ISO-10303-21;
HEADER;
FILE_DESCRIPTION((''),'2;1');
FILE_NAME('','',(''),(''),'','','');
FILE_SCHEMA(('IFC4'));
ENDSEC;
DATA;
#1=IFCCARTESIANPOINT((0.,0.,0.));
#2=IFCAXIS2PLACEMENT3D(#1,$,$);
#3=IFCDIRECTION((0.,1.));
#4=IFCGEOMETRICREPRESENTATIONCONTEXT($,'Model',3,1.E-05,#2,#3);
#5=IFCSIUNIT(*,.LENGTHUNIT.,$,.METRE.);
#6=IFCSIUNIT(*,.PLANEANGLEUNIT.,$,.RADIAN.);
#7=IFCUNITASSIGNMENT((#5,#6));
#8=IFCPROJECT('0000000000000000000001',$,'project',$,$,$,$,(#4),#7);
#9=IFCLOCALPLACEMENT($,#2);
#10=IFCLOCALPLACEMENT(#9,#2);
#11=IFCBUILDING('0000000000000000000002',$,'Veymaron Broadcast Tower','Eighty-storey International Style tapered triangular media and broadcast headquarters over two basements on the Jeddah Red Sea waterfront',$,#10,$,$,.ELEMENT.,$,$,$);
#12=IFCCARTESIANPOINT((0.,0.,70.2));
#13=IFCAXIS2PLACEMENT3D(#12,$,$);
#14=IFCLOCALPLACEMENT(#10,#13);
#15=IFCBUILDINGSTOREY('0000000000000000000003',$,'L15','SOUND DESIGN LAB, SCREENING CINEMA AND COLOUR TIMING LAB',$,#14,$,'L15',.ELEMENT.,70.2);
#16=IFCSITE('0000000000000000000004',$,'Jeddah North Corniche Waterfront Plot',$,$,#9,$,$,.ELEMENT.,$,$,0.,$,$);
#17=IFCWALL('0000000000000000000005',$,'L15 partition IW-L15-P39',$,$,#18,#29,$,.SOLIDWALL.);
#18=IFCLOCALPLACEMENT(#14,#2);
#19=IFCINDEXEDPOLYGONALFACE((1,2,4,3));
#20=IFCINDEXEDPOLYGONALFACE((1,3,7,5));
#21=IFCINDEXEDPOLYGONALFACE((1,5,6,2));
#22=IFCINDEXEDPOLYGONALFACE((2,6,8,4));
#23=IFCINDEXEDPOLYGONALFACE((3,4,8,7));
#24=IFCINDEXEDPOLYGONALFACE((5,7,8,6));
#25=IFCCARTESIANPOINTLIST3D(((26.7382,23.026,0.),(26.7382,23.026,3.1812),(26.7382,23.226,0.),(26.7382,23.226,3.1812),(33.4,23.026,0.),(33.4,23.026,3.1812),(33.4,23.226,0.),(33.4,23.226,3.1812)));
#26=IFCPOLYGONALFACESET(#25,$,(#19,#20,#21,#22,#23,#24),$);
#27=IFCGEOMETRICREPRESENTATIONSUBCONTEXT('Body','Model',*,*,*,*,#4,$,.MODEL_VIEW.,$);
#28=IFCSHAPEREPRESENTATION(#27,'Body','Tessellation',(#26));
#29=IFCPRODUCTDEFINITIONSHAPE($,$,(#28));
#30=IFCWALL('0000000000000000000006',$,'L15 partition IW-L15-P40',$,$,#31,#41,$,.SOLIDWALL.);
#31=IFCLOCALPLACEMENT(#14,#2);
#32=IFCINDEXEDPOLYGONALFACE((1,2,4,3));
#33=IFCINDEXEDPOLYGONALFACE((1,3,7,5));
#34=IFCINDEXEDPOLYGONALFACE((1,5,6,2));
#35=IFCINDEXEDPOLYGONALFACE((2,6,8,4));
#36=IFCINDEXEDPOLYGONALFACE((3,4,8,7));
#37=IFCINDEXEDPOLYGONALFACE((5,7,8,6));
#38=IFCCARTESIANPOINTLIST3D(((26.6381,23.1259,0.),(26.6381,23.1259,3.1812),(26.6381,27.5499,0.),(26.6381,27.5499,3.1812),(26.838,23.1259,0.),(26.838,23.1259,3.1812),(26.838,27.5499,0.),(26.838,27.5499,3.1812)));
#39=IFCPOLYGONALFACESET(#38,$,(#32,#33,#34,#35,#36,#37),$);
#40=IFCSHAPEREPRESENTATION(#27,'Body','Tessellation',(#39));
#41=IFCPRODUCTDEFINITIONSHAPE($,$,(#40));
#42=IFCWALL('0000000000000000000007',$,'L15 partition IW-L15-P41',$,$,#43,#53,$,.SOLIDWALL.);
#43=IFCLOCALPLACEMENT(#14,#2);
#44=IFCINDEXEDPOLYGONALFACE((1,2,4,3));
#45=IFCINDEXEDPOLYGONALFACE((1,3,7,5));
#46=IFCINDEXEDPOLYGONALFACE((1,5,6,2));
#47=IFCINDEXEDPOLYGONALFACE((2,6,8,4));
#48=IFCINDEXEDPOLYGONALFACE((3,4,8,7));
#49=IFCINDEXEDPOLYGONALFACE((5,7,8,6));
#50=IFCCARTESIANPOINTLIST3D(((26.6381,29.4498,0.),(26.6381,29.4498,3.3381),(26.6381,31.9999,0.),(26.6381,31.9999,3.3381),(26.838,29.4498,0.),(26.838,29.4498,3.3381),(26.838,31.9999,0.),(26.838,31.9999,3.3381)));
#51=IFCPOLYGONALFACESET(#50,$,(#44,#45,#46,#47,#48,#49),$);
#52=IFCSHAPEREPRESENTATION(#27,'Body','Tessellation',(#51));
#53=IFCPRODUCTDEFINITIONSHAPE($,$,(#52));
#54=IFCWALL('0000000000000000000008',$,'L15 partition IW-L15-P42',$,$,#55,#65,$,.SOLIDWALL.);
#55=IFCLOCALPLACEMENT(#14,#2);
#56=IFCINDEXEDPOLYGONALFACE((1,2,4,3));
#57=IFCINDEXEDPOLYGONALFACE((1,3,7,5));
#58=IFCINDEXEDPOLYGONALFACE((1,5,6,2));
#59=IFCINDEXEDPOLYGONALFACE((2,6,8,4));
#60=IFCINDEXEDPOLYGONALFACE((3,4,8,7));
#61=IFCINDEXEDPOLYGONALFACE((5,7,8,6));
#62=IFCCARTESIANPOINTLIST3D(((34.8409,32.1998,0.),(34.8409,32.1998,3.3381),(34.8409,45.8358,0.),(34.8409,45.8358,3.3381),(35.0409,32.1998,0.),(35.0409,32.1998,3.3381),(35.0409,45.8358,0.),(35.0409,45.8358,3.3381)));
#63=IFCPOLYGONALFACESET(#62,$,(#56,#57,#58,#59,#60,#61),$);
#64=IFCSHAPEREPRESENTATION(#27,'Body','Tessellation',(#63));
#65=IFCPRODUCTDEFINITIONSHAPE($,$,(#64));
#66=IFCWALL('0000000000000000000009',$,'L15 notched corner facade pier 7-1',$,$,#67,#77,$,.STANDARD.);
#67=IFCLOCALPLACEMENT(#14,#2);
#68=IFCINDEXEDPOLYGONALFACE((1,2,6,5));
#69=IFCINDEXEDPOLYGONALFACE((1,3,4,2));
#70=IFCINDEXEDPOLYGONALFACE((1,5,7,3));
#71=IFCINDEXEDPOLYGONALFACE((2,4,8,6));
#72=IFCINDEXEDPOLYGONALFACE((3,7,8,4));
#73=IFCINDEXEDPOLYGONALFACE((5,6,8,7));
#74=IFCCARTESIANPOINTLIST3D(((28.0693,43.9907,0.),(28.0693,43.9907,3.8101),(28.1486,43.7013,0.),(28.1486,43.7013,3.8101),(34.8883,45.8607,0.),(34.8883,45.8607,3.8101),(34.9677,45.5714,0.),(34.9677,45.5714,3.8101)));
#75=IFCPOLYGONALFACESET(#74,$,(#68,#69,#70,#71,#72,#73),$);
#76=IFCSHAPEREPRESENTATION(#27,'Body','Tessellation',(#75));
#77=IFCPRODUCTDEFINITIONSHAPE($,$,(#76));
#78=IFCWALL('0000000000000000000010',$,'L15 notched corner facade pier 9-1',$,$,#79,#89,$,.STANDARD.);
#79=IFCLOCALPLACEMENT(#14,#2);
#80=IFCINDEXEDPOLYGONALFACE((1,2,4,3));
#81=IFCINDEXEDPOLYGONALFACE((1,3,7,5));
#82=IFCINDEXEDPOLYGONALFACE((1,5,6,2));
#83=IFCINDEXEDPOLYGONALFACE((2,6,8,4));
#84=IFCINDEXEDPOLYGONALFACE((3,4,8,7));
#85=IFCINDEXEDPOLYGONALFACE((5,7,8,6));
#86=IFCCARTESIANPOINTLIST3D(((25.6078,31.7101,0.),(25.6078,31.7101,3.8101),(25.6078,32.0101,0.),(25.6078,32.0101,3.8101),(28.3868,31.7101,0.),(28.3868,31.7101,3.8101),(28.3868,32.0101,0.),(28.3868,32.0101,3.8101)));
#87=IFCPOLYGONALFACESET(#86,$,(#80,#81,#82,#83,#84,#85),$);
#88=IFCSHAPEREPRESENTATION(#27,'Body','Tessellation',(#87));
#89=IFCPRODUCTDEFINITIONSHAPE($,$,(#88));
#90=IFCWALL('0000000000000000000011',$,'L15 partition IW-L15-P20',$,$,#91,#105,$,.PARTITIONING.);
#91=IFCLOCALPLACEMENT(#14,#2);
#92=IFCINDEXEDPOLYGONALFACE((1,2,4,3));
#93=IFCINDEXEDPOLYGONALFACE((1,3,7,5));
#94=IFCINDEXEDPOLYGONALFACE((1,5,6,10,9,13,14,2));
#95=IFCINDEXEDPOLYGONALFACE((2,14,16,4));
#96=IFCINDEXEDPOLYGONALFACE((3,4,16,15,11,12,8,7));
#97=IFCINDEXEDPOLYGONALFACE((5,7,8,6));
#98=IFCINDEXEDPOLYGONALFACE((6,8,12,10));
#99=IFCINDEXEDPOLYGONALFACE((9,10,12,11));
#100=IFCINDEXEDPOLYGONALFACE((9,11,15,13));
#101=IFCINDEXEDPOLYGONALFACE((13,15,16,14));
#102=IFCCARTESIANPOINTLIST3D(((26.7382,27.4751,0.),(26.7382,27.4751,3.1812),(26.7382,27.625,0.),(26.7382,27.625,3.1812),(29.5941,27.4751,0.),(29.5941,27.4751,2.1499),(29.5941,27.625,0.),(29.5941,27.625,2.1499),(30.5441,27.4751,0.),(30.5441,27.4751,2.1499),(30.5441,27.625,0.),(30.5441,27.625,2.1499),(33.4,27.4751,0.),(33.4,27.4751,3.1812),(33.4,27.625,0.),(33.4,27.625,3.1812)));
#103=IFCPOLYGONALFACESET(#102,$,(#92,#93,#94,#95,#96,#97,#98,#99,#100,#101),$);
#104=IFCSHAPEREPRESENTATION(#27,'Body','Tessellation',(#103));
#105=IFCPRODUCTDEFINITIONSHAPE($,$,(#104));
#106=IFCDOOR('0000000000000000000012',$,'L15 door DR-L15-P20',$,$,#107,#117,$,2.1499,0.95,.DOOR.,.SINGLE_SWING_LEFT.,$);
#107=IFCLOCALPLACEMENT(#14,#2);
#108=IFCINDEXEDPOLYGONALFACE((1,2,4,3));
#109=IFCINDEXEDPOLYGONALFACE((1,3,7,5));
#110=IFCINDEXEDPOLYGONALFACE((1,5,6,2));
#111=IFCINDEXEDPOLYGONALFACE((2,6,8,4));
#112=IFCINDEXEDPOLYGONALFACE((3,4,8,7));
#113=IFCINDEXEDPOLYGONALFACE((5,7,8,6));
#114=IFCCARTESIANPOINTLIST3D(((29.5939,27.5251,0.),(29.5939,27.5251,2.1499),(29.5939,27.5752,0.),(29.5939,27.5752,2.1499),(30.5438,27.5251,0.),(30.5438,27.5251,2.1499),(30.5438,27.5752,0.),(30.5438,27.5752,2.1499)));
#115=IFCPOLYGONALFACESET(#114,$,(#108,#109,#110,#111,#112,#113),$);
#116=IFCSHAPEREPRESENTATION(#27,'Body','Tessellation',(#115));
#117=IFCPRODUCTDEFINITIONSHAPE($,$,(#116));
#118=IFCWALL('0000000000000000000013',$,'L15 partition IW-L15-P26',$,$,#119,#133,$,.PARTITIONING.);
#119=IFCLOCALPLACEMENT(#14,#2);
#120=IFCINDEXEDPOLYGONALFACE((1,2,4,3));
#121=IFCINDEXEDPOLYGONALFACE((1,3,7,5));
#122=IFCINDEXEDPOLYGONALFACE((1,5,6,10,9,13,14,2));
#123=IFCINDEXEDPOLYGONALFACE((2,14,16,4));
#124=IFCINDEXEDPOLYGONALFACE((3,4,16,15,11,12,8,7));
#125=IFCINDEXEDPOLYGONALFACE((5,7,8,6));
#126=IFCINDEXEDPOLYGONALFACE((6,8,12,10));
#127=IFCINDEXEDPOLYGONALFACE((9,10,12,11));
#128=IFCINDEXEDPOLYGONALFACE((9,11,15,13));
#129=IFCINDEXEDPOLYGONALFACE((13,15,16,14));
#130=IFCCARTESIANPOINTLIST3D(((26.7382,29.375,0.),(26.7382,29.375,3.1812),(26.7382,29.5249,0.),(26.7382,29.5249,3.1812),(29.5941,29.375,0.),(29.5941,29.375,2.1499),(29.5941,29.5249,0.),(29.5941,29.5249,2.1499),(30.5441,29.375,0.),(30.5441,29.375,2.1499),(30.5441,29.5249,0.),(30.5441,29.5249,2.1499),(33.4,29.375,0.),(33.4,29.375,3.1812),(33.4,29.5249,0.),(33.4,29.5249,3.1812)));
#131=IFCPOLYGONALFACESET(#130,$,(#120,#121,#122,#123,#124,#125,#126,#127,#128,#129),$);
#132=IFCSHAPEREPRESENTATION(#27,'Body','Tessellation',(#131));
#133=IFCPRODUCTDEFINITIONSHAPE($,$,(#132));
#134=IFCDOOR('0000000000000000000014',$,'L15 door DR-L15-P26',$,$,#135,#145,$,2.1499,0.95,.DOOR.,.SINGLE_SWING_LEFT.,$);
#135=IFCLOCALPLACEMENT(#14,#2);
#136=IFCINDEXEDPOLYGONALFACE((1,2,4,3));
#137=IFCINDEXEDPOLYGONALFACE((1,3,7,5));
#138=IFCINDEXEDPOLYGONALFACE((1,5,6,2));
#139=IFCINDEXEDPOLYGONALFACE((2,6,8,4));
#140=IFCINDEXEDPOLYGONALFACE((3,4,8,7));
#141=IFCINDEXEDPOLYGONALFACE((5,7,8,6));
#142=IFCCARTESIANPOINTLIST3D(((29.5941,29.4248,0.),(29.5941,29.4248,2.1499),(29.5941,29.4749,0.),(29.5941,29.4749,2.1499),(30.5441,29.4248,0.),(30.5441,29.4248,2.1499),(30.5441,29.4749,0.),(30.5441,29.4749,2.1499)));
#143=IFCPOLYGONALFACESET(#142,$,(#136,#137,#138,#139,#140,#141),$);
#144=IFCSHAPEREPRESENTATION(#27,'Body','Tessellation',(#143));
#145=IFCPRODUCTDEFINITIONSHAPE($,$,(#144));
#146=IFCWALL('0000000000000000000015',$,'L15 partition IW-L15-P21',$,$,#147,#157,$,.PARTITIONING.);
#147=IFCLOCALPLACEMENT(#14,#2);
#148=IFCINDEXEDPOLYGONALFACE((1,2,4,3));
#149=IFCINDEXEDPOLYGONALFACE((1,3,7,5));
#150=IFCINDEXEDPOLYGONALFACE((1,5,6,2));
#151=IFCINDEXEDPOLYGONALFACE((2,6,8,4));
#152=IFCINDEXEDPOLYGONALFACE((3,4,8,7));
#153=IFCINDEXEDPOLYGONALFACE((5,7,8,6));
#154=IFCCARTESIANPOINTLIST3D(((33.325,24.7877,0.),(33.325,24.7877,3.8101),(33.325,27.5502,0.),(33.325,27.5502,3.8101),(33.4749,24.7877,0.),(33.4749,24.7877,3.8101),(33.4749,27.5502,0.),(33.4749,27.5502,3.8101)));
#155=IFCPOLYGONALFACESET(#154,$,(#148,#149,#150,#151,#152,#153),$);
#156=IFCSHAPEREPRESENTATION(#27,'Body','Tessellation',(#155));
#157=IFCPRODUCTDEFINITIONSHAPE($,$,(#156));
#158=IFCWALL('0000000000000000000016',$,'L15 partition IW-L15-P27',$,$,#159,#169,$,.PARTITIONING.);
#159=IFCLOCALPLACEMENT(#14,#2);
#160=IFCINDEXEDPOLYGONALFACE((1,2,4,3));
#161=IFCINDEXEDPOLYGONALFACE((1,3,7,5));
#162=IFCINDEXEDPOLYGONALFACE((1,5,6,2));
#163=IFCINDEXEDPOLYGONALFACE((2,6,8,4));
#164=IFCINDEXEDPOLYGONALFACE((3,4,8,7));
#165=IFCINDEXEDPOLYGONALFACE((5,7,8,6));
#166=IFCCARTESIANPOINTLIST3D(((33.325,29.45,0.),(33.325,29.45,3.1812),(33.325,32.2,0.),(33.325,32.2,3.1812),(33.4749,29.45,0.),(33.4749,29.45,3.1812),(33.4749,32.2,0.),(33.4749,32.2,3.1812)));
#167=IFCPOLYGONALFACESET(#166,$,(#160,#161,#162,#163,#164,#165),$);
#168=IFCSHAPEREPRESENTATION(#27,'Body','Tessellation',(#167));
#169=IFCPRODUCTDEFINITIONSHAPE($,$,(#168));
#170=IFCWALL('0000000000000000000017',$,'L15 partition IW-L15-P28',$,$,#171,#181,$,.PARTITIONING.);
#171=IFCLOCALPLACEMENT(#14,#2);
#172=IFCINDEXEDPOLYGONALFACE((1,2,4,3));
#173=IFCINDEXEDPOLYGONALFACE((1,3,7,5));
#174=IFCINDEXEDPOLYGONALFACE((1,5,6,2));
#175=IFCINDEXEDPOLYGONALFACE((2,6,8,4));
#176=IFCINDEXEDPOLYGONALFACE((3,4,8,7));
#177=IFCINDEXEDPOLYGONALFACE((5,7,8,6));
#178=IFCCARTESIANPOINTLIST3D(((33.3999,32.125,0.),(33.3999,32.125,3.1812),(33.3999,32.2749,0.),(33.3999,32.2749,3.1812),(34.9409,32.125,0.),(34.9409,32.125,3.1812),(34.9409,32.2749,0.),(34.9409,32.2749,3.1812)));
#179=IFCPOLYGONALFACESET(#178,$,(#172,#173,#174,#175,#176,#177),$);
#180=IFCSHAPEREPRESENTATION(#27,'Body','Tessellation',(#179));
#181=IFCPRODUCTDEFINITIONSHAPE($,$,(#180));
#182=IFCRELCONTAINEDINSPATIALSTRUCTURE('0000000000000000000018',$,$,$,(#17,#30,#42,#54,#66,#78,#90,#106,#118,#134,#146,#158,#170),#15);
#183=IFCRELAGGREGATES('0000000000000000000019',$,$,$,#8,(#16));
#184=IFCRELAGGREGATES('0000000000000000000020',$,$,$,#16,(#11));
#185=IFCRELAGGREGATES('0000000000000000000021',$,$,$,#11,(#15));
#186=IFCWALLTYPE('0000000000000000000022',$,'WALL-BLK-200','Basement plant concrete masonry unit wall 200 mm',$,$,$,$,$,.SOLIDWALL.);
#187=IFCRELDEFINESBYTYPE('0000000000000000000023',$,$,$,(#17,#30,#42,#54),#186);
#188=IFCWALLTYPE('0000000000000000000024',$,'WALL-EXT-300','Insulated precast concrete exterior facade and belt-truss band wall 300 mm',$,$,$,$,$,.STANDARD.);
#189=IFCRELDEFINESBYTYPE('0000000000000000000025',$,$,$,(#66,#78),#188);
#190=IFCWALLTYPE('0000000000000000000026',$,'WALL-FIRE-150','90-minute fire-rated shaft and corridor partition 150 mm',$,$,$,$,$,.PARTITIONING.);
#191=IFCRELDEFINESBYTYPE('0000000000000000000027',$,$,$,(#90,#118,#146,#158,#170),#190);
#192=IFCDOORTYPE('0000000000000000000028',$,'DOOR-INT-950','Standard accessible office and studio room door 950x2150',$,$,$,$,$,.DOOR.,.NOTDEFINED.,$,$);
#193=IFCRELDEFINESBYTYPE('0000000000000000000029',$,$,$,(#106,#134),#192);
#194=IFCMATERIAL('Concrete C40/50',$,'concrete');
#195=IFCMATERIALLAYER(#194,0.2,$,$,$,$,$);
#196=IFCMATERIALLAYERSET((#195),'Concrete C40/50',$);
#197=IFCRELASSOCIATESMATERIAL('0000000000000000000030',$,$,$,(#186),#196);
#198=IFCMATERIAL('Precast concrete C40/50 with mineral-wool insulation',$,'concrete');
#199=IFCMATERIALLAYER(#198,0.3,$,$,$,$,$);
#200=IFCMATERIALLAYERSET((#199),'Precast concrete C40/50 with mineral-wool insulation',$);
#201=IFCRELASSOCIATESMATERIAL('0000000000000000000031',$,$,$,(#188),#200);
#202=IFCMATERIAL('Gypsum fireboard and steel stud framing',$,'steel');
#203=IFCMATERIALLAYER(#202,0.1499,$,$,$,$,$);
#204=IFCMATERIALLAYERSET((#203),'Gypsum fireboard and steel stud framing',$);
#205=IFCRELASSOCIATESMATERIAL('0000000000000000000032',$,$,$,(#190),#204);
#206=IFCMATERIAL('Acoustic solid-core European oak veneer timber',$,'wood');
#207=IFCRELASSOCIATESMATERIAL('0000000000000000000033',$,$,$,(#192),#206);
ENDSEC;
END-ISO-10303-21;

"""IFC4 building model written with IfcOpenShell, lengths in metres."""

from ifc_helpers import new_model, si_unit, direction, frame, frame_2d, origin, place, context, subcontext, project, spatial, rectangle, extrude, material, layer, layer_set, type_object, element, fill, save


model = new_model("IFC4")

# Units and contexts
model_context = context("Model", 3, precision=1e-05, world=origin(), true_north=direction((0.0, 1.0)))
body_context = subcontext(model_context, "Body", "Model", "MODEL_VIEW")
ifc_project = project(units=[si_unit("LENGTHUNIT", "METRE"), si_unit("PLANEANGLEUNIT", "RADIAN")], contexts=[model_context])

# Site, building, storey
site_placement = place(None, origin())
site = spatial("IfcSite", under=ifc_project, at=site_placement, Name="Jeddah North Corniche Waterfront Plot", CompositionType="ELEMENT", RefElevation=0.0)
building_placement = place(site_placement, origin())
building = spatial("IfcBuilding", under=site, at=building_placement, Name="Veymaron Broadcast Tower", Description="Eighty-storey International Style tapered triangular media and broadcast headquarters over two basements on the Jeddah Red Sea waterfront", CompositionType="ELEMENT")
storey_placement = place(building_placement, frame((0.0, 0.0, 70.2)))
storey = spatial("IfcBuildingStorey", under=building, at=storey_placement, Name="L15", Description="SOUND DESIGN LAB, SCREENING CINEMA AND COLOUR TIMING LAB", LongName="L15", CompositionType="ELEMENT", Elevation=70.2)

# Walls
ifc_material_1 = material(Name="Concrete C40/50", Category="concrete")
ifc_layer_1 = layer(ifc_material_1, 0.2)
ifc_layer_set_1 = layer_set([ifc_layer_1], Name="Concrete C40/50")
wall_type_1 = type_object("IfcWallType", Name="WALL-BLK-200", Description="Basement plant concrete masonry unit wall 200 mm", PredefinedType="SOLIDWALL", material=ifc_layer_set_1)
wall_1_placement = place(storey_placement, frame((26.738, 23.126, 0.0), z_axis=(0.0, 0.0, 1.0), x_axis=(1.0, 0.0, 0.0)))
element("IfcWall", 1, at=wall_1_placement, inside=storey, type_object=wall_type_1, Name="L15 partition IW-L15-P39", PredefinedType="SOLIDWALL", context=body_context, shape_type="SweptSolid", body=[
    extrude(rectangle(XDim=6.6619, YDim=0.2, at=frame_2d((3.3311, 0.0))), origin(), (0.0, 0.0, 1.0), 3.1812),
])
wall_2_placement = place(storey_placement, frame((26.738, 23.126, 0.0), z_axis=(0.0, 0.0, 1.0), x_axis=(0.0, 1.0, 0.0)))
element("IfcWall", 2, at=wall_2_placement, inside=storey, type_object=wall_type_1, Name="L15 partition IW-L15-P40", PredefinedType="SOLIDWALL", context=body_context, shape_type="SweptSolid", body=[
    extrude(rectangle(XDim=4.4241, YDim=0.2, at=frame_2d((2.2119, 0.0))), origin(), (0.0, 0.0, 1.0), 3.1812),
])
wall_3_placement = place(storey_placement, frame((26.738, 29.45, 0.0), z_axis=(0.0, 0.0, 1.0), x_axis=(0.0, 1.0, 0.0)))
element("IfcWall", 3, at=wall_3_placement, inside=storey, type_object=wall_type_1, Name="L15 partition IW-L15-P41", PredefinedType="SOLIDWALL", context=body_context, shape_type="SweptSolid", body=[
    extrude(rectangle(XDim=2.55, YDim=0.2, at=frame_2d((1.2749, 0.0))), origin(), (0.0, 0.0, 1.0), 3.3381),
])
wall_4_placement = place(storey_placement, frame((34.9409, 32.2, 0.0), z_axis=(0.0, 0.0, 1.0), x_axis=(0.0, 1.0, 0.0)))
element("IfcWall", 4, at=wall_4_placement, inside=storey, type_object=wall_type_1, Name="L15 partition IW-L15-P42", PredefinedType="SOLIDWALL", context=body_context, shape_type="SweptSolid", body=[
    extrude(rectangle(XDim=13.636, YDim=0.2, at=frame_2d((6.8179, 0.0))), origin(), (0.0, 0.0, 1.0), 3.3381),
])
ifc_material_2 = material(Name="Precast concrete C40/50 with mineral-wool insulation", Category="concrete")
ifc_layer_2 = layer(ifc_material_2, 0.3)
ifc_layer_set_2 = layer_set([ifc_layer_2], Name="Precast concrete C40/50 with mineral-wool insulation")
wall_type_2 = type_object("IfcWallType", Name="WALL-EXT-300", Description="Insulated precast concrete exterior facade and belt-truss band wall 300 mm", PredefinedType="STANDARD", material=ifc_layer_set_2)
wall_5_placement = place(storey_placement, frame((34.928, 45.7161, 0.0), z_axis=(0.0, 0.0, 1.0), x_axis=(-0.964391, -0.264482, 0.0)))
element("IfcWall", 5, at=wall_5_placement, inside=storey, type_object=wall_type_2, Name="L15 notched corner facade pier 7-1", PredefinedType="STANDARD", context=body_context, shape_type="SweptSolid", body=[
    extrude(rectangle(XDim=7.0708, YDim=0.3, at=frame_2d((3.5354, 0.0))), origin(), (0.0, 0.0, 1.0), 3.8101),
])
wall_6_placement = place(storey_placement, frame((28.387, 31.8601, 0.0), z_axis=(0.0, 0.0, 1.0), x_axis=(-1.0, 0.0, 0.0)))
element("IfcWall", 6, at=wall_6_placement, inside=storey, type_object=wall_type_2, Name="L15 notched corner facade pier 9-1", PredefinedType="STANDARD", context=body_context, shape_type="SweptSolid", body=[
    extrude(rectangle(XDim=2.7791, YDim=0.3, at=frame_2d((1.3896, 0.0))), origin(), (0.0, 0.0, 1.0), 3.8101),
])

# Walls, openings, doors
ifc_material_3 = material(Name="Gypsum fireboard and steel stud framing", Category="steel")
ifc_layer_3 = layer(ifc_material_3, 0.1499)
ifc_layer_set_3 = layer_set([ifc_layer_3], Name="Gypsum fireboard and steel stud framing")
wall_type_3 = type_object("IfcWallType", Name="WALL-FIRE-150", Description="90-minute fire-rated shaft and corridor partition 150 mm", PredefinedType="PARTITIONING", material=ifc_layer_set_3)
wall_7_placement = place(storey_placement, frame((26.738, 27.55, 0.0), z_axis=(0.0, 0.0, 1.0), x_axis=(1.0, 0.0, 0.0)))
wall_7 = element("IfcWall", 7, at=wall_7_placement, inside=storey, type_object=wall_type_3, Name="L15 partition IW-L15-P20", PredefinedType="PARTITIONING", context=body_context, shape_type="SweptSolid", body=[
    extrude(rectangle(XDim=6.6619, YDim=0.1499, at=frame_2d((3.3311, 0.0))), origin(), (0.0, 0.0, 1.0), 3.1812),
])
opening_1_placement = place(wall_7_placement, frame((2.856, 0.0, 0.0)))
opening_1 = element("IfcOpeningElement", 8, at=opening_1_placement, cuts=wall_7, PredefinedType="OPENING", context=body_context, shape_type="SweptSolid", body=[
    extrude(rectangle(XDim=0.95, YDim=2.1499, at=frame_2d((0.4751, 1.075))), frame((0.0, 0.085, 0.0), z_axis=(0.0, -1.0, 0.0), x_axis=(1.0, 0.0, 0.0)), (0.0, 0.0, 1.0), 0.1699),
])
ifc_material_4 = material(Name="Acoustic solid-core European oak veneer timber", Category="wood")
door_type = type_object("IfcDoorType", Name="DOOR-INT-950", Description="Standard accessible office and studio room door 950x2150", OperationType="NOTDEFINED", PredefinedType="DOOR", material=ifc_material_4)
door_1_placement = place(opening_1_placement, frame((0.95, 0.0, 0.0), z_axis=(0.0, 0.0, 1.0), x_axis=(-1.0, 0.0, 0.0)))
door_1 = element("IfcDoor", 9, at=door_1_placement, inside=storey, type_object=door_type, Name="L15 door DR-L15-P20", OperationType="SINGLE_SWING_LEFT", OverallHeight=2.1499, OverallWidth=0.95, PredefinedType="DOOR", context=body_context, shape_type="SweptSolid", body=[
    extrude(rectangle(XDim=0.95, YDim=2.1499, at=frame_2d((0.4751, 1.075))), frame((0.0, 0.0249, 0.0), z_axis=(0.0, -1.0, 0.0), x_axis=(1.0, 0.0, 0.0)), (0.0, 0.0, 1.0), 0.05),
])
fill(opening_1, door_1)
wall_8_placement = place(storey_placement, frame((26.738, 29.45, 0.0), z_axis=(0.0, 0.0, 1.0), x_axis=(1.0, 0.0, 0.0)))
wall_8 = element("IfcWall", 10, at=wall_8_placement, inside=storey, type_object=wall_type_3, Name="L15 partition IW-L15-P26", PredefinedType="PARTITIONING", context=body_context, shape_type="SweptSolid", body=[
    extrude(rectangle(XDim=6.6619, YDim=0.1499, at=frame_2d((3.3311, 0.0))), origin(), (0.0, 0.0, 1.0), 3.1812),
])
opening_2_placement = place(wall_8_placement, frame((2.856, 0.0, 0.0)))
opening_2 = element("IfcOpeningElement", 11, at=opening_2_placement, cuts=wall_8, PredefinedType="OPENING", context=body_context, shape_type="SweptSolid", body=[
    extrude(rectangle(XDim=0.95, YDim=2.1499, at=frame_2d((0.4751, 1.075))), frame((0.0, 0.085, 0.0), z_axis=(0.0, -1.0, 0.0), x_axis=(1.0, 0.0, 0.0)), (0.0, 0.0, 1.0), 0.1699),
])
door_2_placement = place(opening_2_placement, origin())
door_2 = element("IfcDoor", 12, at=door_2_placement, inside=storey, type_object=door_type, Name="L15 door DR-L15-P26", OperationType="SINGLE_SWING_LEFT", OverallHeight=2.1499, OverallWidth=0.95, PredefinedType="DOOR", context=body_context, shape_type="SweptSolid", body=[
    extrude(rectangle(XDim=0.95, YDim=2.1499, at=frame_2d((0.4751, 1.075))), frame((0.0, 0.0249, 0.0), z_axis=(0.0, -1.0, 0.0), x_axis=(1.0, 0.0, 0.0)), (0.0, 0.0, 1.0), 0.05),
])
fill(opening_2, door_2)

# Walls
wall_9_placement = place(storey_placement, frame((33.3999, 24.7876, 0.0), z_axis=(0.0, 0.0, 1.0), x_axis=(0.0, 1.0, 0.0)))
element("IfcWall", 13, at=wall_9_placement, inside=storey, type_object=wall_type_3, Name="L15 partition IW-L15-P21", PredefinedType="PARTITIONING", context=body_context, shape_type="SweptSolid", body=[
    extrude(rectangle(XDim=2.7625, YDim=0.1499, at=frame_2d((1.3813, 0.0))), origin(), (0.0, 0.0, 1.0), 3.8101),
])
wall_10_placement = place(storey_placement, frame((33.3999, 29.45, 0.0), z_axis=(0.0, 0.0, 1.0), x_axis=(0.0, 1.0, 0.0)))
element("IfcWall", 14, at=wall_10_placement, inside=storey, type_object=wall_type_3, Name="L15 partition IW-L15-P27", PredefinedType="PARTITIONING", context=body_context, shape_type="SweptSolid", body=[
    extrude(rectangle(XDim=2.75, YDim=0.1499, at=frame_2d((1.375, 0.0))), origin(), (0.0, 0.0, 1.0), 3.1812),
])
wall_11_placement = place(storey_placement, frame((33.3999, 32.2, 0.0), z_axis=(0.0, 0.0, 1.0), x_axis=(1.0, 0.0, 0.0)))
element("IfcWall", 15, at=wall_11_placement, inside=storey, type_object=wall_type_3, Name="L15 partition IW-L15-P28", PredefinedType="PARTITIONING", context=body_context, shape_type="SweptSolid", body=[
    extrude(rectangle(XDim=1.541, YDim=0.1499, at=frame_2d((0.7705, 0.0))), origin(), (0.0, 0.0, 1.0), 3.1812),
])

save(model, "model.ifc")
